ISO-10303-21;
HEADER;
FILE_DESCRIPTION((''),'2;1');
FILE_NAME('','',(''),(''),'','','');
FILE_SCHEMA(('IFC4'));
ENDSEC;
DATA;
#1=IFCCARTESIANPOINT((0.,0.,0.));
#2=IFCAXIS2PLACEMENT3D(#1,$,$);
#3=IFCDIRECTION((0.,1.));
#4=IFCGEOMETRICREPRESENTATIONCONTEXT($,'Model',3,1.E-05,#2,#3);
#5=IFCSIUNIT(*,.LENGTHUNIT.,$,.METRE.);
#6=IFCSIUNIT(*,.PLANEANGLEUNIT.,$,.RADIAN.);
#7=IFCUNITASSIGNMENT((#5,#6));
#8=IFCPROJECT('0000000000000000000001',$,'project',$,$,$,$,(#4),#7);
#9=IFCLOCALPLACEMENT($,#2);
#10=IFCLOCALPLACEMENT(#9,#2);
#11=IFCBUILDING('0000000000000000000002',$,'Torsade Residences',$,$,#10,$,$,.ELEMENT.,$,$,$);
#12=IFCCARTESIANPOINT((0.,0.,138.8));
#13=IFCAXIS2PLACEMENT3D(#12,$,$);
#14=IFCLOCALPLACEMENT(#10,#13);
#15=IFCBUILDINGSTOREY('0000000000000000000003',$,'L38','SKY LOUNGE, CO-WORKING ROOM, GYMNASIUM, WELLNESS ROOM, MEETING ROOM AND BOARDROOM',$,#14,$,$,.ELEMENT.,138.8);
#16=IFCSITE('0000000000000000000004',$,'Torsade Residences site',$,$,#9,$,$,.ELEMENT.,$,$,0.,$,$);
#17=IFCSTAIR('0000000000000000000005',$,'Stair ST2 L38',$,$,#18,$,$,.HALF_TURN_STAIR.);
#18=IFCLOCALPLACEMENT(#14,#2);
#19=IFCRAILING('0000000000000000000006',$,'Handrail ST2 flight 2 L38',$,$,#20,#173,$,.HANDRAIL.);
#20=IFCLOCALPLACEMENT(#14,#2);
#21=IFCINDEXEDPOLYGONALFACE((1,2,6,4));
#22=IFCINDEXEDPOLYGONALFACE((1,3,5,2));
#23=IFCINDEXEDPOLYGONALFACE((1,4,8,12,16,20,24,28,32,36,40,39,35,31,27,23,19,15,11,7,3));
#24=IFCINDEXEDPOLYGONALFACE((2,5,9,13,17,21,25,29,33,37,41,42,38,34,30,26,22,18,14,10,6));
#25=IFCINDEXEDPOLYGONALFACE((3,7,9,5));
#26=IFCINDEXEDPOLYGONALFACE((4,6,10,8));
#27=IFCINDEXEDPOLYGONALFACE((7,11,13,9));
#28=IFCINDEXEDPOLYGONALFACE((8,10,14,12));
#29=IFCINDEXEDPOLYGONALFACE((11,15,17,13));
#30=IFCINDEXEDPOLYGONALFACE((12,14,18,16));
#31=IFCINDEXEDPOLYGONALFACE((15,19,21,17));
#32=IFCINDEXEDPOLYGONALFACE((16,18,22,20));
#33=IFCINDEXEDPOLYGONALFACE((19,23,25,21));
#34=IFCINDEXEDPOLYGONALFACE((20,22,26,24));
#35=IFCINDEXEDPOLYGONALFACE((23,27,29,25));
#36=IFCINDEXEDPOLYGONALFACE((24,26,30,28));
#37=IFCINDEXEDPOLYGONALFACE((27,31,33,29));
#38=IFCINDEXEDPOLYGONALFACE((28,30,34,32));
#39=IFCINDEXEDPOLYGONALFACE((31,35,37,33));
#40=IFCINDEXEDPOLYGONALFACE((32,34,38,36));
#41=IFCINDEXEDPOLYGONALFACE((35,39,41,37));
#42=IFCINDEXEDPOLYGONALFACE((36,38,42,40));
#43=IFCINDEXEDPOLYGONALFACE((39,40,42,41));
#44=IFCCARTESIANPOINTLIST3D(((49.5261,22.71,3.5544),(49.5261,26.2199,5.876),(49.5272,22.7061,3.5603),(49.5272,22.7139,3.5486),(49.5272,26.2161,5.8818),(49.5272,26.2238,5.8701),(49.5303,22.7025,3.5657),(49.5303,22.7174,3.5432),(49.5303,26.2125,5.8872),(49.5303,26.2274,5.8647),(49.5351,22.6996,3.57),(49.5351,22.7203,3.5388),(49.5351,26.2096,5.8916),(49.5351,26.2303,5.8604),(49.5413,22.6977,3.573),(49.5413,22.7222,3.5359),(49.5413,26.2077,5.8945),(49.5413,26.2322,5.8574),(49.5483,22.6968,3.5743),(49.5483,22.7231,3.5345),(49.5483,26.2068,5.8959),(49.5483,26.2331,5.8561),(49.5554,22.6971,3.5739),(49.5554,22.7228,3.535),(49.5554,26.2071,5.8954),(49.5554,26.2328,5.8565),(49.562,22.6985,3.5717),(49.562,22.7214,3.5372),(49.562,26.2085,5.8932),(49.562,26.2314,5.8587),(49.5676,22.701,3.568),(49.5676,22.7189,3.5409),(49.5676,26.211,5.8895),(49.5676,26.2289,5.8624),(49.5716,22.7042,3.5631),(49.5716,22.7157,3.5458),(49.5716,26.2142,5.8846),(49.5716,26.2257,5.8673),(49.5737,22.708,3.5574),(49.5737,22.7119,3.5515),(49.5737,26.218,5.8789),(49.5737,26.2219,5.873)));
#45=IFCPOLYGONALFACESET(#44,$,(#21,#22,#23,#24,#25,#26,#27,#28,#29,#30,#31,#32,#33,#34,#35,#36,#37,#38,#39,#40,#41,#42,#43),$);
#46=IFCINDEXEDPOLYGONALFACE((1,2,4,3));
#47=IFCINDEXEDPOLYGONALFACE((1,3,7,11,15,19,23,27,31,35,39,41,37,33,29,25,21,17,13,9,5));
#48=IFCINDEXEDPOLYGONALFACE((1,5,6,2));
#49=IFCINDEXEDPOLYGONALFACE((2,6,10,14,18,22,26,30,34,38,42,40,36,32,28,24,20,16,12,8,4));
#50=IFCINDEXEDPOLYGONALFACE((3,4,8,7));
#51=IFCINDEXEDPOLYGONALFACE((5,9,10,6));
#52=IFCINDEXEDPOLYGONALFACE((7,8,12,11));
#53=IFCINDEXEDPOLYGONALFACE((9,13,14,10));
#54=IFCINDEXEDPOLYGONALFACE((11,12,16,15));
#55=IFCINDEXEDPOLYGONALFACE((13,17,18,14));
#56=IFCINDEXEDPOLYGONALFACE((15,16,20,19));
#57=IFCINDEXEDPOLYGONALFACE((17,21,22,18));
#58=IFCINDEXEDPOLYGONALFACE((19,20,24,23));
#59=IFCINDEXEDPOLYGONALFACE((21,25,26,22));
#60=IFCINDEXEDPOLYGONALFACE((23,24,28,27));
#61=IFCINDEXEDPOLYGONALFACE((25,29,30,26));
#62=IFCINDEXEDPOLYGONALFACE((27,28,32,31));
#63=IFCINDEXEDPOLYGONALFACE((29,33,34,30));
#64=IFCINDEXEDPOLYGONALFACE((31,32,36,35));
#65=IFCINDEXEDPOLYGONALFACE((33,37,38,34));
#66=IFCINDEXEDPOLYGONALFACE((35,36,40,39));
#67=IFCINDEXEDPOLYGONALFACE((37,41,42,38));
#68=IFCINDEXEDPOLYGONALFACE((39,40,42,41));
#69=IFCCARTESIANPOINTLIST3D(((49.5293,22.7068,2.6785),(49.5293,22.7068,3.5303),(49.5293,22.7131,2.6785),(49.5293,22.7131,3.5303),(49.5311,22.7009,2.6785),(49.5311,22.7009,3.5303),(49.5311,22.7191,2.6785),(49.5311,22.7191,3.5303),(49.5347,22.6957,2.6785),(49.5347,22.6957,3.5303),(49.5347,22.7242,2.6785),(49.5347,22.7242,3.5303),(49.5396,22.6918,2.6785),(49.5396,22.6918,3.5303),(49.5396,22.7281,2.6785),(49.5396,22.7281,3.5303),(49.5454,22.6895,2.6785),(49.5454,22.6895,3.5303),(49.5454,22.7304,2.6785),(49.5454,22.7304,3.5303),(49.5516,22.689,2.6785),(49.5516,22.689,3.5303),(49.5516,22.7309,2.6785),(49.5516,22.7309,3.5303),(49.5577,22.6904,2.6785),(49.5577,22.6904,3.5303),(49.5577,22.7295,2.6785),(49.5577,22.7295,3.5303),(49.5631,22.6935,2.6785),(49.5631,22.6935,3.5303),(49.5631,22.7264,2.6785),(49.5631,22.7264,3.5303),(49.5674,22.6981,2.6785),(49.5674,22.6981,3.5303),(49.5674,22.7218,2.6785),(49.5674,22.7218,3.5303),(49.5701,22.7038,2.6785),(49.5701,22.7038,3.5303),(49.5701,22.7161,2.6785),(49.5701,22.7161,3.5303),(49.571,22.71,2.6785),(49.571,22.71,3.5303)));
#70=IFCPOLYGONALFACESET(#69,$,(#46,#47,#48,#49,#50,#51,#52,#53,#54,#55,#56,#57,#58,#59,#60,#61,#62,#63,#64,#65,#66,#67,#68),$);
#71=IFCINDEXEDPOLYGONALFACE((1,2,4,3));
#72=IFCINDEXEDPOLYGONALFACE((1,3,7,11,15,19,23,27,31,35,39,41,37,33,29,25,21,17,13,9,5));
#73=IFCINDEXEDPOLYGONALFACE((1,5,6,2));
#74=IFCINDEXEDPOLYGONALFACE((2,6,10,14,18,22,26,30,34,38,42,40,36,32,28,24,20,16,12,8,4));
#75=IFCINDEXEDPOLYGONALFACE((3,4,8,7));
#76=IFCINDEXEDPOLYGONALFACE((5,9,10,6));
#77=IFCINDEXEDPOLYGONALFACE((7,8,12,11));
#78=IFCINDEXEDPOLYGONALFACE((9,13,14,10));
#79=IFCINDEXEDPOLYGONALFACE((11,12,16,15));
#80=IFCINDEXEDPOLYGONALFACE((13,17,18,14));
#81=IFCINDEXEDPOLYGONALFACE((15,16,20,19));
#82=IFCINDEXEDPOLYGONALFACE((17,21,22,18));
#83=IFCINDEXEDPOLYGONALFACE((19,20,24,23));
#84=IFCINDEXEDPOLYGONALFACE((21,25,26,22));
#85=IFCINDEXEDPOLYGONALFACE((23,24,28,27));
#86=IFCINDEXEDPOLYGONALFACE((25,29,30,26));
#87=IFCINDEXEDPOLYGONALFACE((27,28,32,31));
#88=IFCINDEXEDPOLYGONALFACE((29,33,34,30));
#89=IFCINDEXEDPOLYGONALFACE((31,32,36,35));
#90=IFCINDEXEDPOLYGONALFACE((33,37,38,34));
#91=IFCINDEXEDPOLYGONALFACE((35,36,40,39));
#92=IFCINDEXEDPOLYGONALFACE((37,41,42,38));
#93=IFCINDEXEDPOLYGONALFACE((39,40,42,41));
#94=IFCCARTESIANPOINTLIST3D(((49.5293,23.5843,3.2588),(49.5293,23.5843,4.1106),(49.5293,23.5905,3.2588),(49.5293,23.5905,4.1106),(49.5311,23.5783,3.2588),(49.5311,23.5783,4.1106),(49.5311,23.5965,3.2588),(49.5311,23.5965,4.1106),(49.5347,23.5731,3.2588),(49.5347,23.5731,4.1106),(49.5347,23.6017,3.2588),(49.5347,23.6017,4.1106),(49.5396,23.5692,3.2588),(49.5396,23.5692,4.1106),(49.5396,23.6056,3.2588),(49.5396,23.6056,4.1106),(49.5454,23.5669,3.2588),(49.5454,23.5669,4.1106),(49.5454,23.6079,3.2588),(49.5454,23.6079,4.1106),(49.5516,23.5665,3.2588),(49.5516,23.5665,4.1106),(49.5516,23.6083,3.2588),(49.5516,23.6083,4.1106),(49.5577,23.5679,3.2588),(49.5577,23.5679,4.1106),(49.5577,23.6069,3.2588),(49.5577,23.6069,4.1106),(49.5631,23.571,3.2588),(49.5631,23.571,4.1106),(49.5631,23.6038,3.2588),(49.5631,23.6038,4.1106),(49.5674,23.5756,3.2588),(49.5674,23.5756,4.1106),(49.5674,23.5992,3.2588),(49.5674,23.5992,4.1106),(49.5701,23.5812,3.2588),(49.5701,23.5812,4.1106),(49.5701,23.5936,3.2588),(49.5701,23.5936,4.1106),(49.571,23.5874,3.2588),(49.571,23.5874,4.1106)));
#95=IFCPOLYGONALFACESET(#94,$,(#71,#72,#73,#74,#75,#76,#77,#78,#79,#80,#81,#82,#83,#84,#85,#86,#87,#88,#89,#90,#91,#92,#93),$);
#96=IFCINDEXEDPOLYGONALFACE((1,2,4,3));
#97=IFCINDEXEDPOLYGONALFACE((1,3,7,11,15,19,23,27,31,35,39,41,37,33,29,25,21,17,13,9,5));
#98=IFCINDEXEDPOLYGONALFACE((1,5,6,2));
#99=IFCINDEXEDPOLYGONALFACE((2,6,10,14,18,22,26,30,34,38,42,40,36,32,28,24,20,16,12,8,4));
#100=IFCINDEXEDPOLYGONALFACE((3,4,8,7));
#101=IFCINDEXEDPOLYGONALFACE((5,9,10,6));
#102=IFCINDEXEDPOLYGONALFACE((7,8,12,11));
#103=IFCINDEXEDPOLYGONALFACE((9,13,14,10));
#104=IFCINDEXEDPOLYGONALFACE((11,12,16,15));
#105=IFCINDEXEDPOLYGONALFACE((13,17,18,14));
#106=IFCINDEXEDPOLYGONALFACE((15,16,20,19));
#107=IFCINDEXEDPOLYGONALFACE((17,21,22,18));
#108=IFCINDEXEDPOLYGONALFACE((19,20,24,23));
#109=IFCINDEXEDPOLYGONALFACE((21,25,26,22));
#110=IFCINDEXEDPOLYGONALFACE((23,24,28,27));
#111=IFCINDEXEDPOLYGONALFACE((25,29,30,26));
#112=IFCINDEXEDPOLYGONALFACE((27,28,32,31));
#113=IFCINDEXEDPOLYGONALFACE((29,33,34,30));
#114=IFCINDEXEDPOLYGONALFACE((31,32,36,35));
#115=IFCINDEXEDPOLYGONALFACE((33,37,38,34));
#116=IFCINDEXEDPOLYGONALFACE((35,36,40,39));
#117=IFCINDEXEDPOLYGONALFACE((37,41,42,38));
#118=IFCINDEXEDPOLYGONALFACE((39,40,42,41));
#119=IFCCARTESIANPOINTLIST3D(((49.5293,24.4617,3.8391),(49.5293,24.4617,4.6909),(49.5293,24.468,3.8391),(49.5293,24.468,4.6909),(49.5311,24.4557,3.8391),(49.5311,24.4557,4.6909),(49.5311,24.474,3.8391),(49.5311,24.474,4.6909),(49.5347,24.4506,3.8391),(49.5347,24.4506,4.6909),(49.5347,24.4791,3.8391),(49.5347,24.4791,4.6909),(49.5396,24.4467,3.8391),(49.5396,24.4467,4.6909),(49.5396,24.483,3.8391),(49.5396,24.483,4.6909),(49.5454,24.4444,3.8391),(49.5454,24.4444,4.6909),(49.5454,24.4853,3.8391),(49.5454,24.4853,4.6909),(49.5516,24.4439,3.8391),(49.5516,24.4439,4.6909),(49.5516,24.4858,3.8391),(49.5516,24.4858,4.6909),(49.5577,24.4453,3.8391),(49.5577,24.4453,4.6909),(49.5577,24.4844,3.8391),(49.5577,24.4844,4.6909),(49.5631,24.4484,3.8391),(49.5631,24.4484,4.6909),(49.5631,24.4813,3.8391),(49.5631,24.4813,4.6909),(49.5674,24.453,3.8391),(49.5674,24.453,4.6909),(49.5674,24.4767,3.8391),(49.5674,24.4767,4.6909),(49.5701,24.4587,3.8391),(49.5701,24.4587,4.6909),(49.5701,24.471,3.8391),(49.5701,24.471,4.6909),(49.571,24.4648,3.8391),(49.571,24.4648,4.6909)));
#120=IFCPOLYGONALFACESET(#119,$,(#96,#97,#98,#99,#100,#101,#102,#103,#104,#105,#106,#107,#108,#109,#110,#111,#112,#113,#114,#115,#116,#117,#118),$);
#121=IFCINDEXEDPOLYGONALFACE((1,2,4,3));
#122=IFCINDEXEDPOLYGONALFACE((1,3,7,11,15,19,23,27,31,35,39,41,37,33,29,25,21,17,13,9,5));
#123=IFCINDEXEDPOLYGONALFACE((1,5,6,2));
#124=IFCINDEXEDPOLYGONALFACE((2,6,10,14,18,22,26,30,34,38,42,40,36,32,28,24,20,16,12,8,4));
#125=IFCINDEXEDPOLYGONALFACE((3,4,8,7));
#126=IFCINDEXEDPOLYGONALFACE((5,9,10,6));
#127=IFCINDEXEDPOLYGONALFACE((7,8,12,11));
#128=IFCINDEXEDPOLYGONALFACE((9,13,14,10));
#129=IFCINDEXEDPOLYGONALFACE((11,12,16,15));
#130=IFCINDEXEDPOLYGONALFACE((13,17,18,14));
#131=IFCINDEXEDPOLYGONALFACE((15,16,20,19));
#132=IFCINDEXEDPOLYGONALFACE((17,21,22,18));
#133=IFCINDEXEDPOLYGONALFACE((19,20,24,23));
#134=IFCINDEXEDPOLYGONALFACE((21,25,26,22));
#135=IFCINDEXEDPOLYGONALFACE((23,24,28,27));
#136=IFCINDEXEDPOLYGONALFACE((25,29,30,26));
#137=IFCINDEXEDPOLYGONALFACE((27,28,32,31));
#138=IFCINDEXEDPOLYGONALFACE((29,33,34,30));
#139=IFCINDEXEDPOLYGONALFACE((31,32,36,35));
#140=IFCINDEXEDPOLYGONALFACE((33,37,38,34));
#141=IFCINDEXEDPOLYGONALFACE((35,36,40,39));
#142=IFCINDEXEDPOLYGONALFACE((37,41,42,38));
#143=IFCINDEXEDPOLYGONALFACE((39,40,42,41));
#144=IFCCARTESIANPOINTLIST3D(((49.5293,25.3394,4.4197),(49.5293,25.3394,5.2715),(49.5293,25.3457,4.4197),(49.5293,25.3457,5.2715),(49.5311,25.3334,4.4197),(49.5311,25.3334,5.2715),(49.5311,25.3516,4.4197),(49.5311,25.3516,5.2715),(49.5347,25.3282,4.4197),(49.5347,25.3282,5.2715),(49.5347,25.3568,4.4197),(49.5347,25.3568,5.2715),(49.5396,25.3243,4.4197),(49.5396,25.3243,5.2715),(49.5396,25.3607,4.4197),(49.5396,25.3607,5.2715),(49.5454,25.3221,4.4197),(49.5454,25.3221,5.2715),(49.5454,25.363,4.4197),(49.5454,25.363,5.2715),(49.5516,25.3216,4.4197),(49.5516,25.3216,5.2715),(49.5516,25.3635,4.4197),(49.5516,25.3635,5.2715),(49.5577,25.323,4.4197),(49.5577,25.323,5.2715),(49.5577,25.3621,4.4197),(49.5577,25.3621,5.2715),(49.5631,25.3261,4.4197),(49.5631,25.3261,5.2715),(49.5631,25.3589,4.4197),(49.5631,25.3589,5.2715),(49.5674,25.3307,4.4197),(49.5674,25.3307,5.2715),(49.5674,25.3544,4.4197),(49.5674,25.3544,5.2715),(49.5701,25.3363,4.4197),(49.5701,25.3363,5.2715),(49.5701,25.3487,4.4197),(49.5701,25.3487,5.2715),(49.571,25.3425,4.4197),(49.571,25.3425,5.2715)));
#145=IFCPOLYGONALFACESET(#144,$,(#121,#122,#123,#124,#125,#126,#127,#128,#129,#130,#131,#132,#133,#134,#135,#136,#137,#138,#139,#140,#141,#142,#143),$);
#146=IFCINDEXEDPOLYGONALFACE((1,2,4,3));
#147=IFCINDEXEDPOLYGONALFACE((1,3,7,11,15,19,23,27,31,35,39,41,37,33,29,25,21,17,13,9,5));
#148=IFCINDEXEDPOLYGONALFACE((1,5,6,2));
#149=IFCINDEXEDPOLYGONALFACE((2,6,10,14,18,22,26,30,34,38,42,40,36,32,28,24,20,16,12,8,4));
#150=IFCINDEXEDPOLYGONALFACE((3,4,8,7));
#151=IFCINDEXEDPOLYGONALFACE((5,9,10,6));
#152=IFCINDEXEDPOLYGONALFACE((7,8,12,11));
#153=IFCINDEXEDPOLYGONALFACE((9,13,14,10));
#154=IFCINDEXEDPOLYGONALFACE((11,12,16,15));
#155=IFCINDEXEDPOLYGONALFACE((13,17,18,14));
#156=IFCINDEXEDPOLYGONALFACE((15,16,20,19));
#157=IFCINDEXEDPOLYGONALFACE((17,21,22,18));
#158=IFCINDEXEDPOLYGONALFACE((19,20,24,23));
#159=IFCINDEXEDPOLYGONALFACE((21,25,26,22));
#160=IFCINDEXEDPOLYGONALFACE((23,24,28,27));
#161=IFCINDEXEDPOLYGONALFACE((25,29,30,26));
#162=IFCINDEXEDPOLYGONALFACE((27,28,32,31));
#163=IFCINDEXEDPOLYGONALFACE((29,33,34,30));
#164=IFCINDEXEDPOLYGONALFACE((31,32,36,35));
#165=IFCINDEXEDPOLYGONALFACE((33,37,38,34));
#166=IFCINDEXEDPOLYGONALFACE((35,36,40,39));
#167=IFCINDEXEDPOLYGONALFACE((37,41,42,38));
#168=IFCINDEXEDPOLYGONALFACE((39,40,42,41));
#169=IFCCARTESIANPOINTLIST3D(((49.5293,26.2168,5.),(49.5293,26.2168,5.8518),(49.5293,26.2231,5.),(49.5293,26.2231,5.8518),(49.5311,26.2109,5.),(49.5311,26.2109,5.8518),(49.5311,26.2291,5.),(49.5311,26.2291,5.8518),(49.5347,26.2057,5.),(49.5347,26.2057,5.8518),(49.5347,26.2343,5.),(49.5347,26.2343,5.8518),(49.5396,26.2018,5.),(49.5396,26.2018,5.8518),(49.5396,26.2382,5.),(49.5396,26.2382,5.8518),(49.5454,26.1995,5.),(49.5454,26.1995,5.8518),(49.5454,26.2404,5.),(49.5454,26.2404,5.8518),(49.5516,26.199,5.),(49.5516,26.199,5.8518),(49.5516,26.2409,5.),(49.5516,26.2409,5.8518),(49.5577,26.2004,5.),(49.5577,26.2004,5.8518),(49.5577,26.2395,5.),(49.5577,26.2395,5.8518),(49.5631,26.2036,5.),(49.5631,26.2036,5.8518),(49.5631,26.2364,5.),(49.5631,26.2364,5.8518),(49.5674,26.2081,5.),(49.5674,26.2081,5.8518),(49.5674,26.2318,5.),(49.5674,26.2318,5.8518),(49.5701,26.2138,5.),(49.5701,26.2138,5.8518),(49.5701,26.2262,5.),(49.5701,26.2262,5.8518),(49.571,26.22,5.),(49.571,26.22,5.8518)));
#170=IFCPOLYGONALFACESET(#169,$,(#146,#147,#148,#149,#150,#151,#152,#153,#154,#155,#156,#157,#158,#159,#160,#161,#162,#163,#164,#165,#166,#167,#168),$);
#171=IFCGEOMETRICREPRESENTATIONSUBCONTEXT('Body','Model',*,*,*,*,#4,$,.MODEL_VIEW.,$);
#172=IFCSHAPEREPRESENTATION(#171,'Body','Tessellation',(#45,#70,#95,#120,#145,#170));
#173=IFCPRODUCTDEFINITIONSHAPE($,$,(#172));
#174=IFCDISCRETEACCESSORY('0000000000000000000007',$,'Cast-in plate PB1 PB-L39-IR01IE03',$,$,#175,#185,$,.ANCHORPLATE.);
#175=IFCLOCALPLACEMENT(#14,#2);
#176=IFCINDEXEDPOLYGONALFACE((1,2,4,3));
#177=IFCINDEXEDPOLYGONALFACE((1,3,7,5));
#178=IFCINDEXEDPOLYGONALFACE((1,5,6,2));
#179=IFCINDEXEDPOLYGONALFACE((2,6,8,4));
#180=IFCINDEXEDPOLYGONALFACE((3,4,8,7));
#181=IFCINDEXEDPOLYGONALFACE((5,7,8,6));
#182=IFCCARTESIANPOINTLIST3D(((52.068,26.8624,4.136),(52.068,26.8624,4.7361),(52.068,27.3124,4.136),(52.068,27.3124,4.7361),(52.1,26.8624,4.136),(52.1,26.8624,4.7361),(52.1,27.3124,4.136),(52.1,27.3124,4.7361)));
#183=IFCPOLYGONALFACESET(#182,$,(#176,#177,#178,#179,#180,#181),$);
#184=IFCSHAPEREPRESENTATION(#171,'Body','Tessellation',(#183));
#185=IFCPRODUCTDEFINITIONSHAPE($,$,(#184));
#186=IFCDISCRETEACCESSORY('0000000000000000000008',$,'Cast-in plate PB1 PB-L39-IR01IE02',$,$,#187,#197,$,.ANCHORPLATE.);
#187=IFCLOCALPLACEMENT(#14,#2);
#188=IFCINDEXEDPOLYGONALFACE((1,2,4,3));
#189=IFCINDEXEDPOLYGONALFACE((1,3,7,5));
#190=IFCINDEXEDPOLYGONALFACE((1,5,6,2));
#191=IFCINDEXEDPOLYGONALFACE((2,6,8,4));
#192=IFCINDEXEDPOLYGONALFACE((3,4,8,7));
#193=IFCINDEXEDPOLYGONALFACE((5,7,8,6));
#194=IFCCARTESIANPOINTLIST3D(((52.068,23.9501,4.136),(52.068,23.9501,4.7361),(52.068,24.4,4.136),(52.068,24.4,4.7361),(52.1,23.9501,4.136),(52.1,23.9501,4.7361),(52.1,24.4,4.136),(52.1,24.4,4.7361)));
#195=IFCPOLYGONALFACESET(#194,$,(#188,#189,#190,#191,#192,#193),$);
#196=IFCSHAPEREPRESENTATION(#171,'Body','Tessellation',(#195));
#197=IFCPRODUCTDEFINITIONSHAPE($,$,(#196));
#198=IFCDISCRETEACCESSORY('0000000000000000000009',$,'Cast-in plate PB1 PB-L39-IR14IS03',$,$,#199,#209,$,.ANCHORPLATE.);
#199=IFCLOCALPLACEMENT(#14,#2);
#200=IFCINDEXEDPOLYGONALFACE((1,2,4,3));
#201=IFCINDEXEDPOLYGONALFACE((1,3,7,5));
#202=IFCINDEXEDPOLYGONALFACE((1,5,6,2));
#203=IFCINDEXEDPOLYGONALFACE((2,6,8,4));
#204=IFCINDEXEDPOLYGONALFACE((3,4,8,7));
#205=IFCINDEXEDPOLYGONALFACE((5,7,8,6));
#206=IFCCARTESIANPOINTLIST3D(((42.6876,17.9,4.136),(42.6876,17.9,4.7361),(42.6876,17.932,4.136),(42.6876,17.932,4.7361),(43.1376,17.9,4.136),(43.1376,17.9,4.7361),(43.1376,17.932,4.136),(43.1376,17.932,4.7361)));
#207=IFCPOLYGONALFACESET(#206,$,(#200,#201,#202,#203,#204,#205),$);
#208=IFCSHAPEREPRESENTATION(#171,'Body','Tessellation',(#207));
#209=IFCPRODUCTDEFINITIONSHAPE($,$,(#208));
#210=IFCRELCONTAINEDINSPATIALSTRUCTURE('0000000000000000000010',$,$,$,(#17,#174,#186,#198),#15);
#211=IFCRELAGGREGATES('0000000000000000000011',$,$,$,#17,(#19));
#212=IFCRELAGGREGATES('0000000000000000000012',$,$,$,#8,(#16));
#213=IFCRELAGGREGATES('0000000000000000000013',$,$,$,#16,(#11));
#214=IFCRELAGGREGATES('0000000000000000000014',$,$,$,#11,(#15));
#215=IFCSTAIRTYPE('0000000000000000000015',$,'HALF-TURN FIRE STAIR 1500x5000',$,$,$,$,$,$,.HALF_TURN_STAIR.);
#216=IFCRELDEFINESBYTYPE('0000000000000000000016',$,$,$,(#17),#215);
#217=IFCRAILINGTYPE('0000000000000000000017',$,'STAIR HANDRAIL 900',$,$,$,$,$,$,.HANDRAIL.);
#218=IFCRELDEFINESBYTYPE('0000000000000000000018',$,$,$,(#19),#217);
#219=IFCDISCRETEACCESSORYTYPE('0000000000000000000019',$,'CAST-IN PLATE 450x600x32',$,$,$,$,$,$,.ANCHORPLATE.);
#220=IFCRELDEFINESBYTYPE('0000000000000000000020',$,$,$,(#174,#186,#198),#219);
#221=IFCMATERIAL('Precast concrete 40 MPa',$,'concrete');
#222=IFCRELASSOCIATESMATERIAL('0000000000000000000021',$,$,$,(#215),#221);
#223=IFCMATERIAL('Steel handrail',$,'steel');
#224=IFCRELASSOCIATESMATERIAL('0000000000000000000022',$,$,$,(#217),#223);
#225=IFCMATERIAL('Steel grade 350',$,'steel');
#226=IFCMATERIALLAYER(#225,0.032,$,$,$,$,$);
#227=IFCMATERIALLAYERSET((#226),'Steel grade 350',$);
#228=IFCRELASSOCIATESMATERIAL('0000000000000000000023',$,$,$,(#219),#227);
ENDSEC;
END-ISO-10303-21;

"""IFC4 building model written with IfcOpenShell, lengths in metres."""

from ifc_helpers import new_model, si_unit, direction, frame, origin, origin_2d, place, context, subcontext, project, spatial, rectangle, circle, extrude, material, layer, layer_set, type_object, element, aggregate, save


model = new_model("IFC4")

# Units and contexts
model_context = context("Model", 3, precision=1e-05, world=origin(), true_north=direction((0.0, 1.0)))
body_context = subcontext(model_context, "Body", "Model", "MODEL_VIEW")
ifc_project = project(units=[si_unit("LENGTHUNIT", "METRE"), si_unit("PLANEANGLEUNIT", "RADIAN")], contexts=[model_context])

# Site, building, storey
site_placement = place(None, origin())
site = spatial("IfcSite", under=ifc_project, at=site_placement, Name="Torsade Residences site", CompositionType="ELEMENT", RefElevation=0.0)
building_placement = place(site_placement, origin())
building = spatial("IfcBuilding", under=site, at=building_placement, Name="Torsade Residences", CompositionType="ELEMENT")
storey_placement = place(building_placement, frame((0.0, 0.0, 138.8)))
storey = spatial("IfcBuildingStorey", under=building, at=storey_placement, Name="L38", Description="SKY LOUNGE, CO-WORKING ROOM, GYMNASIUM, WELLNESS ROOM, MEETING ROOM AND BOARDROOM", CompositionType="ELEMENT", Elevation=138.8)

# Stair, railing
ifc_material_1 = material(Name="Precast concrete 40 MPa", Category="concrete")
stair_type = type_object("IfcStairType", Name="HALF-TURN FIRE STAIR 1500x5000", PredefinedType="HALF_TURN_STAIR", material=ifc_material_1)
stair_placement = place(storey_placement, origin())
stair = element("IfcStair", 1, at=stair_placement, inside=storey, type_object=stair_type, Name="Stair ST2 L38", PredefinedType="HALF_TURN_STAIR")
ifc_material_2 = material(Name="Steel handrail", Category="steel")
railing_type = type_object("IfcRailingType", Name="STAIR HANDRAIL 900", PredefinedType="HANDRAIL", material=ifc_material_2)
railing_1_placement = place(storey_placement, frame((49.55, 22.71, 2.6785)))
railing_1 = element("IfcRailing", 2, at=railing_1_placement, type_object=railing_type, Name="Handrail ST2 flight 2 L38", PredefinedType="HANDRAIL", context=body_context, shape_type="SweptSolid", body=[
    extrude(circle(Radius=0.0239, at=origin_2d()), frame((0.0, 0.0, 0.876), z_axis=(0.0, 0.834071, 0.551657), x_axis=(-1.0, 0.0, 0.0)), (0.0, 0.0, 1.0), 4.2083),
    extrude(circle(Radius=0.021, at=origin_2d()), origin(), (0.0, 0.0, 1.0), 0.8518),
    extrude(circle(Radius=0.021, at=origin_2d()), frame((0.0, 0.8774, 0.5803)), (0.0, 0.0, 1.0), 0.8518),
    extrude(circle(Radius=0.021, at=origin_2d()), frame((0.0, 1.7549, 1.1606)), (0.0, 0.0, 1.0), 0.8518),
    extrude(circle(Radius=0.021, at=origin_2d()), frame((0.0, 2.6326, 1.7412)), (0.0, 0.0, 1.0), 0.8518),
    extrude(circle(Radius=0.021, at=origin_2d()), frame((0.0, 3.51, 2.3215)), (0.0, 0.0, 1.0), 0.8518),
])
aggregate(stair, [railing_1])

# Discrete accessories
ifc_material_3 = material(Name="Steel grade 350", Category="steel")
ifc_layer_1 = layer(ifc_material_3, 0.032)
ifc_layer_set_1 = layer_set([ifc_layer_1], Name="Steel grade 350")
discrete_accessory_type = type_object("IfcDiscreteAccessoryType", Name="CAST-IN PLATE 450x600x32", PredefinedType="ANCHORPLATE", material=ifc_layer_set_1)
for number, where, z_axis, x_axis, name in (
    (3, (52.084, 27.0874, 4.136), (0.0, 0.0, 1.0), (1.0, 0.0, 0.0), "Cast-in plate PB1 PB-L39-IR01IE03"),
    (4, (52.084, 24.175, 4.136), (0.0, 0.0, 1.0), (1.0, 0.0, 0.0), "Cast-in plate PB1 PB-L39-IR01IE02"),
):
    element("IfcDiscreteAccessory", number, at=place(storey_placement, frame(where, z_axis=z_axis, x_axis=x_axis)), inside=storey, type_object=discrete_accessory_type, Name=name, PredefinedType="ANCHORPLATE", context=body_context, shape_type="SweptSolid", body=[
        extrude(rectangle(XDim=0.032, YDim=0.45, at=origin_2d()), origin(), (0.0, 0.0, 1.0), 0.6001),
    ])
for number, where, z_axis, x_axis, name in (
    (5, (42.9126, 17.916, 4.136), (0.0, 0.0, 1.0), (1.0, 0.0, 0.0), "Cast-in plate PB1 PB-L39-IR14IS03"),
):
    element("IfcDiscreteAccessory", number, at=place(storey_placement, frame(where, z_axis=z_axis, x_axis=x_axis)), inside=storey, type_object=discrete_accessory_type, Name=name, PredefinedType="ANCHORPLATE", context=body_context, shape_type="SweptSolid", body=[
        extrude(rectangle(XDim=0.45, YDim=0.032, at=origin_2d()), origin(), (0.0, 0.0, 1.0), 0.6001),
    ])

save(model, "model.ifc")
